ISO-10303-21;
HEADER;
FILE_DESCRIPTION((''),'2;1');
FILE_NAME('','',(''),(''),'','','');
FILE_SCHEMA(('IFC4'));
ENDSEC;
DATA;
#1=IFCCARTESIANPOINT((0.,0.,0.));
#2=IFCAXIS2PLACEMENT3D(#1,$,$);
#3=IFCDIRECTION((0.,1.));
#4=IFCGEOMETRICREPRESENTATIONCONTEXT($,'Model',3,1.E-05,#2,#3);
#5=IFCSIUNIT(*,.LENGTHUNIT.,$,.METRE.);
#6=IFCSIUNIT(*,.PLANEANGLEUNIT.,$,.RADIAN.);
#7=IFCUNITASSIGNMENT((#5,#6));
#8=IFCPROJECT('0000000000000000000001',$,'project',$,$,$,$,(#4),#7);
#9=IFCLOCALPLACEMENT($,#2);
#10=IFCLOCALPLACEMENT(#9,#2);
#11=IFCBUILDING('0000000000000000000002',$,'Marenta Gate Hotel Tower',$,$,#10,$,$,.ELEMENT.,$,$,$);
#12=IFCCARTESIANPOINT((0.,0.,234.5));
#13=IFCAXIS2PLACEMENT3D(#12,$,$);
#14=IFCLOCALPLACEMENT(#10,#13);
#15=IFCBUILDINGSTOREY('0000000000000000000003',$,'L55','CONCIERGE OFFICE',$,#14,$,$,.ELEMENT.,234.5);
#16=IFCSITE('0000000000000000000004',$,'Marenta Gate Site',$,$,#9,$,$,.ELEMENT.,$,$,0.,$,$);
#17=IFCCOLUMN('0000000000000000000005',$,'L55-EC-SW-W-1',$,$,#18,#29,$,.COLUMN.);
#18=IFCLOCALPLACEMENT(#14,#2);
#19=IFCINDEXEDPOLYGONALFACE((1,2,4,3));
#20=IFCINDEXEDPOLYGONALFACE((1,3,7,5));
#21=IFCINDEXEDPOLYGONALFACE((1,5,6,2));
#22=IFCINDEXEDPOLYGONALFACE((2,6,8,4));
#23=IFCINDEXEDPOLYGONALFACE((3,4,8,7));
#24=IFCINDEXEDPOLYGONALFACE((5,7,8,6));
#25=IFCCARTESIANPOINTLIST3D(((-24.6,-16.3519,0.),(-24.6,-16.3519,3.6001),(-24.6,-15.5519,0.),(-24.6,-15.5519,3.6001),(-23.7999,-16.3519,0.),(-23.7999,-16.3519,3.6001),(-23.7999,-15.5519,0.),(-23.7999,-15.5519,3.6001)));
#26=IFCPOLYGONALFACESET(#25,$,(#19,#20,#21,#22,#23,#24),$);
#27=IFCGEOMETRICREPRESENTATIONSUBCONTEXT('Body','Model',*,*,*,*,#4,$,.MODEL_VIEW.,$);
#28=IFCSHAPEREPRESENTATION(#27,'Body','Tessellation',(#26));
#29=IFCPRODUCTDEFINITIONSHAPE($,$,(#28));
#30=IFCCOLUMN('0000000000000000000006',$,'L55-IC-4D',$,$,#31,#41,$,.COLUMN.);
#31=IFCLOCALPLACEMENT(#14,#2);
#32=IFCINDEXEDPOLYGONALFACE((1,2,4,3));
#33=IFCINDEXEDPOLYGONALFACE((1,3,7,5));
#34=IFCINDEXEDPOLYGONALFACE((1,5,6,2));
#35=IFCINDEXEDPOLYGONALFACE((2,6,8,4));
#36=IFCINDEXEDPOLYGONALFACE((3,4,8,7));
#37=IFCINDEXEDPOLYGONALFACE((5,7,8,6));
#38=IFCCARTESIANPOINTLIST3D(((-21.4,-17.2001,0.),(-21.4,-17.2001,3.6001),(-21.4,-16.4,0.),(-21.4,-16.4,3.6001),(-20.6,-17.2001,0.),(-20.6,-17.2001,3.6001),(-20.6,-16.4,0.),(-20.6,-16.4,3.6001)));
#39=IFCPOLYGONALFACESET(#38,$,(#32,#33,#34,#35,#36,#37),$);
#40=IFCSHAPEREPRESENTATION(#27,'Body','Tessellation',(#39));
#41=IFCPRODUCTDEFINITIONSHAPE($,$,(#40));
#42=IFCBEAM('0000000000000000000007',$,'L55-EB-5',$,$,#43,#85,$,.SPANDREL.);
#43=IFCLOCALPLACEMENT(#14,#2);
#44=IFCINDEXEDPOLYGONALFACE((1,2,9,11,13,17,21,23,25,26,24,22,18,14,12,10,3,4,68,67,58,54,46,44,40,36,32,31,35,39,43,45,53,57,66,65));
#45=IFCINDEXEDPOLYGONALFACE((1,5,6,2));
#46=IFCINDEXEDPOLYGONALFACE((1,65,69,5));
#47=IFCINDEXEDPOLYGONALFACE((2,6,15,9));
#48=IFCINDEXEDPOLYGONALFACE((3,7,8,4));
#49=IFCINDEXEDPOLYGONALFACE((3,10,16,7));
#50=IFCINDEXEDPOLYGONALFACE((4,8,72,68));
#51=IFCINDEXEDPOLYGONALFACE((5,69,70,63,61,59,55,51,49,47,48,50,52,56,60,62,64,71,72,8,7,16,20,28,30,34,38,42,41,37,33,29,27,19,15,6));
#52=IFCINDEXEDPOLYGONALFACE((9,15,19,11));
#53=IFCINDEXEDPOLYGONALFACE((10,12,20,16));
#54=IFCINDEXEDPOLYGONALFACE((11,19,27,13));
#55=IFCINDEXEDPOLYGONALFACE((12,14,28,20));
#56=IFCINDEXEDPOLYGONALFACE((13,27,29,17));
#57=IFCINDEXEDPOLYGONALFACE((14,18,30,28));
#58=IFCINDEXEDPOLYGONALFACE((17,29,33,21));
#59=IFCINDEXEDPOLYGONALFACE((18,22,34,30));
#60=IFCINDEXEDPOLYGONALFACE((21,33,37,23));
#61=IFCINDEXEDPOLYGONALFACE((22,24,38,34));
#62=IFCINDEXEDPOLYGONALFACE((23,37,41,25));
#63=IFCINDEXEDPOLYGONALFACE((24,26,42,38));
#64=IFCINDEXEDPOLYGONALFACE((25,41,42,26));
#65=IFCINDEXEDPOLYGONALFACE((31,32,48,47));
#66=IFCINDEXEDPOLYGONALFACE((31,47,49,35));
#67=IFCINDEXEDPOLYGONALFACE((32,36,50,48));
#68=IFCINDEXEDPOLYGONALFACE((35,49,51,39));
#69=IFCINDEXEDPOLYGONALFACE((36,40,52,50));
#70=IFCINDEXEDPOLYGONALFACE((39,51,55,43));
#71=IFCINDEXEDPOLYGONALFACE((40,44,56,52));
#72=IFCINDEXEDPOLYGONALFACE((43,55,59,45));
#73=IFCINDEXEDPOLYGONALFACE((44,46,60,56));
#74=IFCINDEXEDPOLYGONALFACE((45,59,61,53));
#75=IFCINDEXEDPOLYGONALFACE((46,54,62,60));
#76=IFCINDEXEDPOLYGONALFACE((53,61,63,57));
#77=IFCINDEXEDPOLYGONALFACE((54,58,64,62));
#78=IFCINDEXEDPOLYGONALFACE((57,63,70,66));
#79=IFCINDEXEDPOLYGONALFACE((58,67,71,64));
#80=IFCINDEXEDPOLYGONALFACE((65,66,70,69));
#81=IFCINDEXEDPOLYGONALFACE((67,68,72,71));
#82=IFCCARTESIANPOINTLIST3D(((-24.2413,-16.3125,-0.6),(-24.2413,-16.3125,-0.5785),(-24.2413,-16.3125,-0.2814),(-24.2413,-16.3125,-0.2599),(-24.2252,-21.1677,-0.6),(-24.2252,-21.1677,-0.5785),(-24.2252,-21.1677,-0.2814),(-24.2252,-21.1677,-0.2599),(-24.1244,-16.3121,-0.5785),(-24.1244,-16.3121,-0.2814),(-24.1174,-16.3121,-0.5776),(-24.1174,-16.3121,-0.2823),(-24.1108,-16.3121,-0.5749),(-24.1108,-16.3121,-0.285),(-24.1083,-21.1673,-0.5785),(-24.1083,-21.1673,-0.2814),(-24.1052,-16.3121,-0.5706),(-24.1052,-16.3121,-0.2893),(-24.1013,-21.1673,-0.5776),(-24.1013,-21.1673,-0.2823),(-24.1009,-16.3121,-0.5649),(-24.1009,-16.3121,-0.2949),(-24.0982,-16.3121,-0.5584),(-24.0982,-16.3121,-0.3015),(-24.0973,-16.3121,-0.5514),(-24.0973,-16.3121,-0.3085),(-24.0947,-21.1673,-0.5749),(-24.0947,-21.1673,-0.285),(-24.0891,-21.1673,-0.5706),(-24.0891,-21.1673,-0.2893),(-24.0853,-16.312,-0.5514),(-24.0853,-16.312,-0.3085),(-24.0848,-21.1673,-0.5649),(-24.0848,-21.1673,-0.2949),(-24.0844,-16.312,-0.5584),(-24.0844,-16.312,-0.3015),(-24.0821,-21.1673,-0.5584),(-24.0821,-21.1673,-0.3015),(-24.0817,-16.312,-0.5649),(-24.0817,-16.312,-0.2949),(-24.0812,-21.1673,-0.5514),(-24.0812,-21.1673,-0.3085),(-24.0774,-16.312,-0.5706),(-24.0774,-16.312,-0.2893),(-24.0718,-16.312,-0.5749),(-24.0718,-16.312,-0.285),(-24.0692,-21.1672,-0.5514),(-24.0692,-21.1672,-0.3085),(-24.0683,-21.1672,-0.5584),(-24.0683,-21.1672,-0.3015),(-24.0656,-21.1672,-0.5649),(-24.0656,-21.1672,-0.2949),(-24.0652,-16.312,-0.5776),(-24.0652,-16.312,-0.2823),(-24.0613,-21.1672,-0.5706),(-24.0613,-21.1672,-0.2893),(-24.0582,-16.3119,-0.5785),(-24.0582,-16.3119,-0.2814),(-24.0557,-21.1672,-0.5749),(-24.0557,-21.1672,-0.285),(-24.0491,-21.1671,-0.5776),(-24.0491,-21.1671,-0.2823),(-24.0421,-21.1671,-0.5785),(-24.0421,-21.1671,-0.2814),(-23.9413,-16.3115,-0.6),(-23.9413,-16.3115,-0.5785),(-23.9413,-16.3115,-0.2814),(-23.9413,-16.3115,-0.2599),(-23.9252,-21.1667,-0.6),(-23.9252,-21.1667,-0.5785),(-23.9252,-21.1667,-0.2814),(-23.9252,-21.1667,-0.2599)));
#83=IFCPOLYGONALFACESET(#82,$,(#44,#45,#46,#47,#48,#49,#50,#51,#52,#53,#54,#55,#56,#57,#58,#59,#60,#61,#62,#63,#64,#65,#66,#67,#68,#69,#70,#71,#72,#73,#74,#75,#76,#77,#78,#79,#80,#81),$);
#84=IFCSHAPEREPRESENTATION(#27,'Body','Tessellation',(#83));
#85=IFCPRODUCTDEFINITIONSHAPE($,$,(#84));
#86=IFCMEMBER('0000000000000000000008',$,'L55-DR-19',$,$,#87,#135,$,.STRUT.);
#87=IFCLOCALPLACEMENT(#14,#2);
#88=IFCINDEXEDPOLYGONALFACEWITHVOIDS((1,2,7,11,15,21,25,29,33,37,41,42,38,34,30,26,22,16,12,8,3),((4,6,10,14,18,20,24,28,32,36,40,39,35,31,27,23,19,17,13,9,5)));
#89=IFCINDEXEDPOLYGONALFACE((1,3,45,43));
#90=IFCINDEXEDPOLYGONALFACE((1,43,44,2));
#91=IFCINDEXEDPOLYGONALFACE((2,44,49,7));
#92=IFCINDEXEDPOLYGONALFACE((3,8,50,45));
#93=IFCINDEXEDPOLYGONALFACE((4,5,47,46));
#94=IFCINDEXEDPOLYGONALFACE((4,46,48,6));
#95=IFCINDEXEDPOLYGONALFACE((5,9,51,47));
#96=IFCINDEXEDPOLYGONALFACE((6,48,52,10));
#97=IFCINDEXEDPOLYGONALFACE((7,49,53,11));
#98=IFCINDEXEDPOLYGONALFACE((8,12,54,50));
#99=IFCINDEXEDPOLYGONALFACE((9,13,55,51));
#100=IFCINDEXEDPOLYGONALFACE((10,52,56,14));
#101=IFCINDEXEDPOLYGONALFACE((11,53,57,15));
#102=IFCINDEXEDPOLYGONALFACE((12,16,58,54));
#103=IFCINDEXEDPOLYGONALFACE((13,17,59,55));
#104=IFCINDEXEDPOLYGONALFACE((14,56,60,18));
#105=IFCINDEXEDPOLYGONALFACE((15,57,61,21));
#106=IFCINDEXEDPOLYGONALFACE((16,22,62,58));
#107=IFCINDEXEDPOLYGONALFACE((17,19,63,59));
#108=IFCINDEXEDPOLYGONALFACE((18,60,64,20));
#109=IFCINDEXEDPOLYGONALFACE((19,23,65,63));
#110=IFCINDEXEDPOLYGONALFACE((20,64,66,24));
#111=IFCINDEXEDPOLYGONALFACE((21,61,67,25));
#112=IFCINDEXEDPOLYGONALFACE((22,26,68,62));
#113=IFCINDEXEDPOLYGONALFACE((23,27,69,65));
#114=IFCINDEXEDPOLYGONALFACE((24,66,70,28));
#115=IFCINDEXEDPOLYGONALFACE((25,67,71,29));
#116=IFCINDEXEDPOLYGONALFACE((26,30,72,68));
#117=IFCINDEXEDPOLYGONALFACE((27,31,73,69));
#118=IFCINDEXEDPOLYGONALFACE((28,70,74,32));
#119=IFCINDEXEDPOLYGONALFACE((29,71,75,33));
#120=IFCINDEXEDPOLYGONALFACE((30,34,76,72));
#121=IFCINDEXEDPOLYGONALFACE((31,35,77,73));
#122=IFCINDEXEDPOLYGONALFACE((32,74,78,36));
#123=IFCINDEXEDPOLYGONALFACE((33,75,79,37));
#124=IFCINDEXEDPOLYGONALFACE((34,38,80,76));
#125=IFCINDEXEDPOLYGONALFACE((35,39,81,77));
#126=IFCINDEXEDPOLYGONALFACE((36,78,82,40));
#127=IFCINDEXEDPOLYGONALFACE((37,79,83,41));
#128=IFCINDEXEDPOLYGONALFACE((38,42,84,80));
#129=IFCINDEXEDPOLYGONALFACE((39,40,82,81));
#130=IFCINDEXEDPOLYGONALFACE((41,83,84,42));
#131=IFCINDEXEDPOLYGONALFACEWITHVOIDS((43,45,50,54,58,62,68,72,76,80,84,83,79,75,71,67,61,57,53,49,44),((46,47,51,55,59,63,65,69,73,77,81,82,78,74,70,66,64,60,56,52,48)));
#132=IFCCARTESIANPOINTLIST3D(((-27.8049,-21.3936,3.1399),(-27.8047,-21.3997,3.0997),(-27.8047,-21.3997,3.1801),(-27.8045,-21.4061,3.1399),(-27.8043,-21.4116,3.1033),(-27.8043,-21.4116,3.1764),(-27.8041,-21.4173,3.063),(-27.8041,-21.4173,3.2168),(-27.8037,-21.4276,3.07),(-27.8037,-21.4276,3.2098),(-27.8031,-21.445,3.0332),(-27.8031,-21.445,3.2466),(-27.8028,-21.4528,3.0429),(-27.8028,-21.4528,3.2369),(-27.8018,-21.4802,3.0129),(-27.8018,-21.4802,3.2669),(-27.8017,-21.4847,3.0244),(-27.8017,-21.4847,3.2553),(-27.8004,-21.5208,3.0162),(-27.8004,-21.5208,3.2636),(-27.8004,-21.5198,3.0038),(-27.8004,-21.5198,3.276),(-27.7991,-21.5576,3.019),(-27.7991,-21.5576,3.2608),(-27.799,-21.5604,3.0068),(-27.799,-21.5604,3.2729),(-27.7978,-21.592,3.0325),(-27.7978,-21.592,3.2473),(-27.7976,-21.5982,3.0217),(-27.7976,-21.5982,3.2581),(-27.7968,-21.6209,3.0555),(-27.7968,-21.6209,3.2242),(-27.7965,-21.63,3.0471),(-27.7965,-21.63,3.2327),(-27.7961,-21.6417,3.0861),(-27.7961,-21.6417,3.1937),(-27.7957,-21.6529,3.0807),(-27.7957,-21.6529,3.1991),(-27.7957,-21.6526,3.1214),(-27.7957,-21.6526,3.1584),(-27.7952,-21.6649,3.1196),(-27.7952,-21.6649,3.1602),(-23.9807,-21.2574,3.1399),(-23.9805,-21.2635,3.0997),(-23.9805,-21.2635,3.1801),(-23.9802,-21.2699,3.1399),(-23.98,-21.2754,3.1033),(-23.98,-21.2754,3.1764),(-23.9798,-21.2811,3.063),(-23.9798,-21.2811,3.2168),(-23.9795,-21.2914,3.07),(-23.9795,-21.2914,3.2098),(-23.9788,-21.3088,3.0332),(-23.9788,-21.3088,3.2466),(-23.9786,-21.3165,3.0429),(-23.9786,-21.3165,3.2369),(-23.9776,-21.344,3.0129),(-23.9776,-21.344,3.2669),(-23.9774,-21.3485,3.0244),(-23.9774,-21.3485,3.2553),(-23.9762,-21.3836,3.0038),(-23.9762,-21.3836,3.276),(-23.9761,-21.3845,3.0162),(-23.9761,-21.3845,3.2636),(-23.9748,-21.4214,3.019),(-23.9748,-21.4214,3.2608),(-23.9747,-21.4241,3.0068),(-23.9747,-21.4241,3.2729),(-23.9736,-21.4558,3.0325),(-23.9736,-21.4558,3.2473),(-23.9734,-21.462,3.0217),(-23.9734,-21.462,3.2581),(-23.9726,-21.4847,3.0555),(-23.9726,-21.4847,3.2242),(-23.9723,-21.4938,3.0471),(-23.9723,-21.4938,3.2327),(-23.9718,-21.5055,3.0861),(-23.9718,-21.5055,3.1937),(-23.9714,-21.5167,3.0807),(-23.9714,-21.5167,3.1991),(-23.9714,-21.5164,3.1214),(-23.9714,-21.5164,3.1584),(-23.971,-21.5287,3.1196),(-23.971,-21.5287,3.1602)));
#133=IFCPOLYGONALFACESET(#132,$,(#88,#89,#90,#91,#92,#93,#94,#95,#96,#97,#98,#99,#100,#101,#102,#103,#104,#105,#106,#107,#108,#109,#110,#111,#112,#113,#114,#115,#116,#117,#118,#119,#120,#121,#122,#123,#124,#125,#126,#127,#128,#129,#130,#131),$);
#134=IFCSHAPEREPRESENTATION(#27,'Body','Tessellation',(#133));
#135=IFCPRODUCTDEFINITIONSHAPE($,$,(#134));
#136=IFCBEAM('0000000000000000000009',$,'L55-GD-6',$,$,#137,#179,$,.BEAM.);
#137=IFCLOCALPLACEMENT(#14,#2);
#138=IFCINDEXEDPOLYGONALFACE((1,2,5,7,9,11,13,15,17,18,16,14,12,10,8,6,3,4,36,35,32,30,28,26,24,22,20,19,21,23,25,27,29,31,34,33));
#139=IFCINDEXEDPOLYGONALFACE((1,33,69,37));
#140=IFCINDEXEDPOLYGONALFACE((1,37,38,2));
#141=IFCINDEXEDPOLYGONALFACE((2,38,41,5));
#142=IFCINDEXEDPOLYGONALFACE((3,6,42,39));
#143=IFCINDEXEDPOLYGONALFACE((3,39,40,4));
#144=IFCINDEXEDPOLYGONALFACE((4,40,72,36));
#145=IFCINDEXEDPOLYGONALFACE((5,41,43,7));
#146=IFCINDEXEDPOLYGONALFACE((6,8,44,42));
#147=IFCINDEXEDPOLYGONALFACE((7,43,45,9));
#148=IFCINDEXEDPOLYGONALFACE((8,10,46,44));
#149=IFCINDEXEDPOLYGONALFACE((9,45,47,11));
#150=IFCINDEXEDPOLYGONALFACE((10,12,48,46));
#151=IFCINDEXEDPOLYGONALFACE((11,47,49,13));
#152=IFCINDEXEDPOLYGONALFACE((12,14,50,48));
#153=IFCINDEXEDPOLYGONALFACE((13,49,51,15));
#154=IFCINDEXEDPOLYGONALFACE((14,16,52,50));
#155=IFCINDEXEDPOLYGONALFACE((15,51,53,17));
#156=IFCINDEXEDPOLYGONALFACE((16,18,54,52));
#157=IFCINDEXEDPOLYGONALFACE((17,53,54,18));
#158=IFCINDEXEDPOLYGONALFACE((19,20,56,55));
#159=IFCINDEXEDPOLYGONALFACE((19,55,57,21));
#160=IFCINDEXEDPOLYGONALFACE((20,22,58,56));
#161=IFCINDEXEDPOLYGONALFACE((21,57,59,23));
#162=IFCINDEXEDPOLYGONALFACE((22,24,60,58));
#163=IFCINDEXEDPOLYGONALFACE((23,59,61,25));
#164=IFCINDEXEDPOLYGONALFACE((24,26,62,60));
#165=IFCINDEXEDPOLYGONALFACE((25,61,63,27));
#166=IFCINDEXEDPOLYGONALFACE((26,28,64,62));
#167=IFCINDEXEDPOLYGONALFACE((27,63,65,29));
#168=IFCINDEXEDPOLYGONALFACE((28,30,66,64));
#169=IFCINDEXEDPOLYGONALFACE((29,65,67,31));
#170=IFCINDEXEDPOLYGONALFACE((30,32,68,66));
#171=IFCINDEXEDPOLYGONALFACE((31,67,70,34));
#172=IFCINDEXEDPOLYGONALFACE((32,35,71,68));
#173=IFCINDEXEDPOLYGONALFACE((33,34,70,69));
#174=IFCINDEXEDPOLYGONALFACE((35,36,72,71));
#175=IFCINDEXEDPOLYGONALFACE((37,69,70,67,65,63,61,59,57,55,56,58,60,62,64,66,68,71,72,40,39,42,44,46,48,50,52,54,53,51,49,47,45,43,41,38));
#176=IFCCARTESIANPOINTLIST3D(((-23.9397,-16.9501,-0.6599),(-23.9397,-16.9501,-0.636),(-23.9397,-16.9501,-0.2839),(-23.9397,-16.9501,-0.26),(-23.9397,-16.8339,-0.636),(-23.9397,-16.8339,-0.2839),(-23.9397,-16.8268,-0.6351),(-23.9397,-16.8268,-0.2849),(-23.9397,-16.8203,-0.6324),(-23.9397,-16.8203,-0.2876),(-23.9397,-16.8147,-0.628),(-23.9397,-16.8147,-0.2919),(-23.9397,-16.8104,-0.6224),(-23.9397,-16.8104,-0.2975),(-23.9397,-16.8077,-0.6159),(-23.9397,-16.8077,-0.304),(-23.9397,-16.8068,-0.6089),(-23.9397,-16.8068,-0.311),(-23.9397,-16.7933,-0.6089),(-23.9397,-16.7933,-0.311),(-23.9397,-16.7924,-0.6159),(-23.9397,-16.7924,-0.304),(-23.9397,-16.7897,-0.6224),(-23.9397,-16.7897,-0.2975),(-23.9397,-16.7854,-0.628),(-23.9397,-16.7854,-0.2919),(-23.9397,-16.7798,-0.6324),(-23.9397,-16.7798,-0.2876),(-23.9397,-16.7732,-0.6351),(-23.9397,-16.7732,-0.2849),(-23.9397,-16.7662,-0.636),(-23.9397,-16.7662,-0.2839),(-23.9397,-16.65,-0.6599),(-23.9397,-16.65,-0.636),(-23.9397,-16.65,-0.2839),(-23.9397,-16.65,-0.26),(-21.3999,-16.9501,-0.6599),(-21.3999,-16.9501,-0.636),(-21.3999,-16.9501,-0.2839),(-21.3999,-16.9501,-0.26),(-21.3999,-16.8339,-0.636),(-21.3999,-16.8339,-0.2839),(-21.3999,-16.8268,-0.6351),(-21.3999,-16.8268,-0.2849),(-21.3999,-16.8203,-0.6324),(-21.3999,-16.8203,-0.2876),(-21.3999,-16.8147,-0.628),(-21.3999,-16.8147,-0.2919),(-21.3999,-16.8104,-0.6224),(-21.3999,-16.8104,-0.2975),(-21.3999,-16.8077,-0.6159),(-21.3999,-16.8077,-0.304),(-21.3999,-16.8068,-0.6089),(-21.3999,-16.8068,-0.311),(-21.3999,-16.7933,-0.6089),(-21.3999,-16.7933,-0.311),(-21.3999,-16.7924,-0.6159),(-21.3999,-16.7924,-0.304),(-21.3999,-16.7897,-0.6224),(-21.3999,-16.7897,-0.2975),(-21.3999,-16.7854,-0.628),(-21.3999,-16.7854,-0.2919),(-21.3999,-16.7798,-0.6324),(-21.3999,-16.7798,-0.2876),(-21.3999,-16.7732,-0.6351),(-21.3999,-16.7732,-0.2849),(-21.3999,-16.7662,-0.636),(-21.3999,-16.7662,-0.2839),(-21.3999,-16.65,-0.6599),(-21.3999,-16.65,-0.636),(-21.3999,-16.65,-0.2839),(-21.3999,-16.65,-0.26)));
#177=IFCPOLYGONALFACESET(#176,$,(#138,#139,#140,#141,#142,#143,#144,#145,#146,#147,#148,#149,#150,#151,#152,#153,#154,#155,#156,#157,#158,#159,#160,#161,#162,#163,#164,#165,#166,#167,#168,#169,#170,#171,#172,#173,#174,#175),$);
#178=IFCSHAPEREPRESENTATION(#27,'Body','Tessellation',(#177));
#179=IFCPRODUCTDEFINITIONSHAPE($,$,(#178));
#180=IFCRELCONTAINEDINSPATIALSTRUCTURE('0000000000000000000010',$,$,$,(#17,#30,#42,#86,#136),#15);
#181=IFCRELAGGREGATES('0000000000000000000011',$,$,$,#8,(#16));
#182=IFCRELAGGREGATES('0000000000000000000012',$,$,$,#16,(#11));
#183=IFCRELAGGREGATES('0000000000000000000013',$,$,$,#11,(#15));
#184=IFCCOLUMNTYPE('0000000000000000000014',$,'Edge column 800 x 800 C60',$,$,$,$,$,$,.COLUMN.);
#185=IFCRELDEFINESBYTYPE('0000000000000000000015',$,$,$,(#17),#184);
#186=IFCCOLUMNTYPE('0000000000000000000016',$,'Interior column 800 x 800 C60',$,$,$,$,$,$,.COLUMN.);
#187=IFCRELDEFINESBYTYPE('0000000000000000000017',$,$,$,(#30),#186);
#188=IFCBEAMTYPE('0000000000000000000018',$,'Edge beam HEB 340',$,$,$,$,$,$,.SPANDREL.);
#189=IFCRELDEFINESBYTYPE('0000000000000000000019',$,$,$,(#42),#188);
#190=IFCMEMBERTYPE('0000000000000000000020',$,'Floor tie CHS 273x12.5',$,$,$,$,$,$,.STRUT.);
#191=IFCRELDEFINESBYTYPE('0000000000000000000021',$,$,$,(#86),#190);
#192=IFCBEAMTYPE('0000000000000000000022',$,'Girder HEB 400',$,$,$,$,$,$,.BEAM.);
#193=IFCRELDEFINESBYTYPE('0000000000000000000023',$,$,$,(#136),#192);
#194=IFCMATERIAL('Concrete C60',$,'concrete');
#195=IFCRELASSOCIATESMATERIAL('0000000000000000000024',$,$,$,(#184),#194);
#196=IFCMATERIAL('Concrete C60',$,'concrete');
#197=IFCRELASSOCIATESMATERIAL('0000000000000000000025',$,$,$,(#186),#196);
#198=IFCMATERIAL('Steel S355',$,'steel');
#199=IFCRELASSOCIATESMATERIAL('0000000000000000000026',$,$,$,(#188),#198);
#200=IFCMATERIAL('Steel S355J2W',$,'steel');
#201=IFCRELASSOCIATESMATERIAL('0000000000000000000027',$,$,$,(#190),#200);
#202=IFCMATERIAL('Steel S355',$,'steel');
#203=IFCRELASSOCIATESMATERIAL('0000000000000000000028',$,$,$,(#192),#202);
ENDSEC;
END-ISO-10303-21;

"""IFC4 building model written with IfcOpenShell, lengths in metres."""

from ifc_helpers import new_model, si_unit, direction, frame, origin, origin_2d, place, context, subcontext, project, spatial, rectangle, hollow_circle, i_section, extrude, material, material_profile, profile_set, type_object, element, save


model = new_model("IFC4")

# Units and contexts
model_context = context("Model", 3, precision=1e-05, world=origin(), true_north=direction((0.0, 1.0)))
body_context = subcontext(model_context, "Body", "Model", "MODEL_VIEW")
ifc_project = project(units=[si_unit("LENGTHUNIT", "METRE"), si_unit("PLANEANGLEUNIT", "RADIAN")], contexts=[model_context])

# Site, building, storey
site_placement = place(None, origin())
site = spatial("IfcSite", under=ifc_project, at=site_placement, Name="Marenta Gate Site", CompositionType="ELEMENT", RefElevation=0.0)
building_placement = place(site_placement, origin())
building = spatial("IfcBuilding", under=site, at=building_placement, Name="Marenta Gate Hotel Tower", CompositionType="ELEMENT")
storey_placement = place(building_placement, frame((0.0, 0.0, 234.5)))
storey = spatial("IfcBuildingStorey", under=building, at=storey_placement, Name="L55", Description="CONCIERGE OFFICE", CompositionType="ELEMENT", Elevation=234.5)

# Columns
ifc_material_1 = material(Name="Concrete C60", Category="concrete")
ifc_material_profile_1 = material_profile(ifc_material_1, rectangle(XDim=0.8, YDim=0.8, at=origin_2d()), Name="800 x 800")
ifc_profile_set_1 = profile_set([ifc_material_profile_1], Name="Concrete C60")
column_type_1 = type_object("IfcColumnType", Name="Edge column 800 x 800 C60", PredefinedType="COLUMN", material=ifc_profile_set_1)
column_1_placement = place(storey_placement, frame((-24.2, -15.9519, 0.0), z_axis=(0.0, 0.0, 1.0), x_axis=(1.0, 0.0, 0.0)))
element("IfcColumn", 1, at=column_1_placement, inside=storey, type_object=column_type_1, Name="L55-EC-SW-W-1", PredefinedType="COLUMN", context=body_context, shape_type="SweptSolid", body=[
    extrude(rectangle(XDim=0.8, YDim=0.8, at=origin_2d()), origin(), (0.0, 0.0, 1.0), 3.6001),
])
ifc_material_2 = material(Name="Concrete C60", Category="concrete")
ifc_material_profile_2 = material_profile(ifc_material_2, rectangle(XDim=0.8, YDim=0.8, at=origin_2d()), Name="800 x 800")
ifc_profile_set_2 = profile_set([ifc_material_profile_2], Name="Concrete C60")
column_type_2 = type_object("IfcColumnType", Name="Interior column 800 x 800 C60", PredefinedType="COLUMN", material=ifc_profile_set_2)
column_2_placement = place(storey_placement, frame((-21.0, -16.8, 0.0), z_axis=(0.0, 0.0, 1.0), x_axis=(1.0, 0.0, 0.0)))
element("IfcColumn", 2, at=column_2_placement, inside=storey, type_object=column_type_2, Name="L55-IC-4D", PredefinedType="COLUMN", context=body_context, shape_type="SweptSolid", body=[
    extrude(rectangle(XDim=0.8, YDim=0.8, at=origin_2d()), origin(), (0.0, 0.0, 1.0), 3.6001),
])

# Beam
ifc_material_3 = material(Name="Steel S355", Category="steel")
ifc_material_profile_3 = material_profile(ifc_material_3, i_section(OverallWidth=0.3, OverallDepth=0.3401, WebThickness=0.012, FlangeThickness=0.0215, FilletRadius=0.0271, at=origin_2d()), Name="HEB 340")
ifc_profile_set_3 = profile_set([ifc_material_profile_3], Name="Steel S355")
beam_type_1 = type_object("IfcBeamType", Name="Edge beam HEB 340", PredefinedType="SPANDREL", material=ifc_profile_set_3)
beam_1_placement = place(storey_placement, frame((-24.0752, -21.1672, -0.4299), z_axis=(-0.003319, 0.999994, 0.0), x_axis=(-0.999994, -0.003319, 0.0)))
element("IfcBeam", 3, at=beam_1_placement, inside=storey, type_object=beam_type_1, Name="L55-EB-5", PredefinedType="SPANDREL", context=body_context, shape_type="SweptSolid", body=[
    extrude(i_section(OverallWidth=0.3, OverallDepth=0.3401, WebThickness=0.012, FlangeThickness=0.0215, FilletRadius=0.0271, at=origin_2d()), origin(), (0.0, 0.0, 1.0), 4.8552),
])

# Member
ifc_material_4 = material(Name="Steel S355J2W", Category="steel")
ifc_material_profile_4 = material_profile(ifc_material_4, hollow_circle(Radius=0.1365, WallThickness=0.0125, at=origin_2d()), Name="CHS 273x12.5")
ifc_profile_set_4 = profile_set([ifc_material_profile_4], Name="Steel S355J2W")
member_type_1 = type_object("IfcMemberType", Name="Floor tie CHS 273x12.5", PredefinedType="STRUT", material=ifc_profile_set_4)
member_1_placement = place(storey_placement, frame((-27.8, -21.53, 3.1399), z_axis=(0.999366, 0.035601, 0.0), x_axis=(-0.035601, 0.999366, 0.0)))
element("IfcMember", 4, at=member_1_placement, inside=storey, type_object=member_type_1, Name="L55-DR-19", PredefinedType="STRUT", context=body_context, shape_type="SweptSolid", body=[
    extrude(hollow_circle(Radius=0.1365, WallThickness=0.0125, at=origin_2d()), origin(), (0.0, 0.0, 1.0), 3.8267),
])

# Beam
ifc_material_5 = material(Name="Steel S355", Category="steel")
ifc_material_profile_5 = material_profile(ifc_material_5, i_section(OverallWidth=0.3, OverallDepth=0.3999, WebThickness=0.0134, FlangeThickness=0.0239, FilletRadius=0.0271, at=origin_2d()), Name="HEB 400")
ifc_profile_set_5 = profile_set([ifc_material_profile_5], Name="Steel S355")
beam_type_2 = type_object("IfcBeamType", Name="Girder HEB 400", PredefinedType="BEAM", material=ifc_profile_set_5)
beam_2_placement = place(storey_placement, frame((-23.9397, -16.8, -0.46), z_axis=(1.0, 0.0, 0.0), x_axis=(0.0, 1.0, 0.0)))
element("IfcBeam", 5, at=beam_2_placement, inside=storey, type_object=beam_type_2, Name="L55-GD-6", PredefinedType="BEAM", context=body_context, shape_type="SweptSolid", body=[
    extrude(i_section(OverallWidth=0.3, OverallDepth=0.3999, WebThickness=0.0134, FlangeThickness=0.0239, FilletRadius=0.0271, at=origin_2d()), origin(), (0.0, 0.0, 1.0), 2.5398),
])

save(model, "model.ifc")
